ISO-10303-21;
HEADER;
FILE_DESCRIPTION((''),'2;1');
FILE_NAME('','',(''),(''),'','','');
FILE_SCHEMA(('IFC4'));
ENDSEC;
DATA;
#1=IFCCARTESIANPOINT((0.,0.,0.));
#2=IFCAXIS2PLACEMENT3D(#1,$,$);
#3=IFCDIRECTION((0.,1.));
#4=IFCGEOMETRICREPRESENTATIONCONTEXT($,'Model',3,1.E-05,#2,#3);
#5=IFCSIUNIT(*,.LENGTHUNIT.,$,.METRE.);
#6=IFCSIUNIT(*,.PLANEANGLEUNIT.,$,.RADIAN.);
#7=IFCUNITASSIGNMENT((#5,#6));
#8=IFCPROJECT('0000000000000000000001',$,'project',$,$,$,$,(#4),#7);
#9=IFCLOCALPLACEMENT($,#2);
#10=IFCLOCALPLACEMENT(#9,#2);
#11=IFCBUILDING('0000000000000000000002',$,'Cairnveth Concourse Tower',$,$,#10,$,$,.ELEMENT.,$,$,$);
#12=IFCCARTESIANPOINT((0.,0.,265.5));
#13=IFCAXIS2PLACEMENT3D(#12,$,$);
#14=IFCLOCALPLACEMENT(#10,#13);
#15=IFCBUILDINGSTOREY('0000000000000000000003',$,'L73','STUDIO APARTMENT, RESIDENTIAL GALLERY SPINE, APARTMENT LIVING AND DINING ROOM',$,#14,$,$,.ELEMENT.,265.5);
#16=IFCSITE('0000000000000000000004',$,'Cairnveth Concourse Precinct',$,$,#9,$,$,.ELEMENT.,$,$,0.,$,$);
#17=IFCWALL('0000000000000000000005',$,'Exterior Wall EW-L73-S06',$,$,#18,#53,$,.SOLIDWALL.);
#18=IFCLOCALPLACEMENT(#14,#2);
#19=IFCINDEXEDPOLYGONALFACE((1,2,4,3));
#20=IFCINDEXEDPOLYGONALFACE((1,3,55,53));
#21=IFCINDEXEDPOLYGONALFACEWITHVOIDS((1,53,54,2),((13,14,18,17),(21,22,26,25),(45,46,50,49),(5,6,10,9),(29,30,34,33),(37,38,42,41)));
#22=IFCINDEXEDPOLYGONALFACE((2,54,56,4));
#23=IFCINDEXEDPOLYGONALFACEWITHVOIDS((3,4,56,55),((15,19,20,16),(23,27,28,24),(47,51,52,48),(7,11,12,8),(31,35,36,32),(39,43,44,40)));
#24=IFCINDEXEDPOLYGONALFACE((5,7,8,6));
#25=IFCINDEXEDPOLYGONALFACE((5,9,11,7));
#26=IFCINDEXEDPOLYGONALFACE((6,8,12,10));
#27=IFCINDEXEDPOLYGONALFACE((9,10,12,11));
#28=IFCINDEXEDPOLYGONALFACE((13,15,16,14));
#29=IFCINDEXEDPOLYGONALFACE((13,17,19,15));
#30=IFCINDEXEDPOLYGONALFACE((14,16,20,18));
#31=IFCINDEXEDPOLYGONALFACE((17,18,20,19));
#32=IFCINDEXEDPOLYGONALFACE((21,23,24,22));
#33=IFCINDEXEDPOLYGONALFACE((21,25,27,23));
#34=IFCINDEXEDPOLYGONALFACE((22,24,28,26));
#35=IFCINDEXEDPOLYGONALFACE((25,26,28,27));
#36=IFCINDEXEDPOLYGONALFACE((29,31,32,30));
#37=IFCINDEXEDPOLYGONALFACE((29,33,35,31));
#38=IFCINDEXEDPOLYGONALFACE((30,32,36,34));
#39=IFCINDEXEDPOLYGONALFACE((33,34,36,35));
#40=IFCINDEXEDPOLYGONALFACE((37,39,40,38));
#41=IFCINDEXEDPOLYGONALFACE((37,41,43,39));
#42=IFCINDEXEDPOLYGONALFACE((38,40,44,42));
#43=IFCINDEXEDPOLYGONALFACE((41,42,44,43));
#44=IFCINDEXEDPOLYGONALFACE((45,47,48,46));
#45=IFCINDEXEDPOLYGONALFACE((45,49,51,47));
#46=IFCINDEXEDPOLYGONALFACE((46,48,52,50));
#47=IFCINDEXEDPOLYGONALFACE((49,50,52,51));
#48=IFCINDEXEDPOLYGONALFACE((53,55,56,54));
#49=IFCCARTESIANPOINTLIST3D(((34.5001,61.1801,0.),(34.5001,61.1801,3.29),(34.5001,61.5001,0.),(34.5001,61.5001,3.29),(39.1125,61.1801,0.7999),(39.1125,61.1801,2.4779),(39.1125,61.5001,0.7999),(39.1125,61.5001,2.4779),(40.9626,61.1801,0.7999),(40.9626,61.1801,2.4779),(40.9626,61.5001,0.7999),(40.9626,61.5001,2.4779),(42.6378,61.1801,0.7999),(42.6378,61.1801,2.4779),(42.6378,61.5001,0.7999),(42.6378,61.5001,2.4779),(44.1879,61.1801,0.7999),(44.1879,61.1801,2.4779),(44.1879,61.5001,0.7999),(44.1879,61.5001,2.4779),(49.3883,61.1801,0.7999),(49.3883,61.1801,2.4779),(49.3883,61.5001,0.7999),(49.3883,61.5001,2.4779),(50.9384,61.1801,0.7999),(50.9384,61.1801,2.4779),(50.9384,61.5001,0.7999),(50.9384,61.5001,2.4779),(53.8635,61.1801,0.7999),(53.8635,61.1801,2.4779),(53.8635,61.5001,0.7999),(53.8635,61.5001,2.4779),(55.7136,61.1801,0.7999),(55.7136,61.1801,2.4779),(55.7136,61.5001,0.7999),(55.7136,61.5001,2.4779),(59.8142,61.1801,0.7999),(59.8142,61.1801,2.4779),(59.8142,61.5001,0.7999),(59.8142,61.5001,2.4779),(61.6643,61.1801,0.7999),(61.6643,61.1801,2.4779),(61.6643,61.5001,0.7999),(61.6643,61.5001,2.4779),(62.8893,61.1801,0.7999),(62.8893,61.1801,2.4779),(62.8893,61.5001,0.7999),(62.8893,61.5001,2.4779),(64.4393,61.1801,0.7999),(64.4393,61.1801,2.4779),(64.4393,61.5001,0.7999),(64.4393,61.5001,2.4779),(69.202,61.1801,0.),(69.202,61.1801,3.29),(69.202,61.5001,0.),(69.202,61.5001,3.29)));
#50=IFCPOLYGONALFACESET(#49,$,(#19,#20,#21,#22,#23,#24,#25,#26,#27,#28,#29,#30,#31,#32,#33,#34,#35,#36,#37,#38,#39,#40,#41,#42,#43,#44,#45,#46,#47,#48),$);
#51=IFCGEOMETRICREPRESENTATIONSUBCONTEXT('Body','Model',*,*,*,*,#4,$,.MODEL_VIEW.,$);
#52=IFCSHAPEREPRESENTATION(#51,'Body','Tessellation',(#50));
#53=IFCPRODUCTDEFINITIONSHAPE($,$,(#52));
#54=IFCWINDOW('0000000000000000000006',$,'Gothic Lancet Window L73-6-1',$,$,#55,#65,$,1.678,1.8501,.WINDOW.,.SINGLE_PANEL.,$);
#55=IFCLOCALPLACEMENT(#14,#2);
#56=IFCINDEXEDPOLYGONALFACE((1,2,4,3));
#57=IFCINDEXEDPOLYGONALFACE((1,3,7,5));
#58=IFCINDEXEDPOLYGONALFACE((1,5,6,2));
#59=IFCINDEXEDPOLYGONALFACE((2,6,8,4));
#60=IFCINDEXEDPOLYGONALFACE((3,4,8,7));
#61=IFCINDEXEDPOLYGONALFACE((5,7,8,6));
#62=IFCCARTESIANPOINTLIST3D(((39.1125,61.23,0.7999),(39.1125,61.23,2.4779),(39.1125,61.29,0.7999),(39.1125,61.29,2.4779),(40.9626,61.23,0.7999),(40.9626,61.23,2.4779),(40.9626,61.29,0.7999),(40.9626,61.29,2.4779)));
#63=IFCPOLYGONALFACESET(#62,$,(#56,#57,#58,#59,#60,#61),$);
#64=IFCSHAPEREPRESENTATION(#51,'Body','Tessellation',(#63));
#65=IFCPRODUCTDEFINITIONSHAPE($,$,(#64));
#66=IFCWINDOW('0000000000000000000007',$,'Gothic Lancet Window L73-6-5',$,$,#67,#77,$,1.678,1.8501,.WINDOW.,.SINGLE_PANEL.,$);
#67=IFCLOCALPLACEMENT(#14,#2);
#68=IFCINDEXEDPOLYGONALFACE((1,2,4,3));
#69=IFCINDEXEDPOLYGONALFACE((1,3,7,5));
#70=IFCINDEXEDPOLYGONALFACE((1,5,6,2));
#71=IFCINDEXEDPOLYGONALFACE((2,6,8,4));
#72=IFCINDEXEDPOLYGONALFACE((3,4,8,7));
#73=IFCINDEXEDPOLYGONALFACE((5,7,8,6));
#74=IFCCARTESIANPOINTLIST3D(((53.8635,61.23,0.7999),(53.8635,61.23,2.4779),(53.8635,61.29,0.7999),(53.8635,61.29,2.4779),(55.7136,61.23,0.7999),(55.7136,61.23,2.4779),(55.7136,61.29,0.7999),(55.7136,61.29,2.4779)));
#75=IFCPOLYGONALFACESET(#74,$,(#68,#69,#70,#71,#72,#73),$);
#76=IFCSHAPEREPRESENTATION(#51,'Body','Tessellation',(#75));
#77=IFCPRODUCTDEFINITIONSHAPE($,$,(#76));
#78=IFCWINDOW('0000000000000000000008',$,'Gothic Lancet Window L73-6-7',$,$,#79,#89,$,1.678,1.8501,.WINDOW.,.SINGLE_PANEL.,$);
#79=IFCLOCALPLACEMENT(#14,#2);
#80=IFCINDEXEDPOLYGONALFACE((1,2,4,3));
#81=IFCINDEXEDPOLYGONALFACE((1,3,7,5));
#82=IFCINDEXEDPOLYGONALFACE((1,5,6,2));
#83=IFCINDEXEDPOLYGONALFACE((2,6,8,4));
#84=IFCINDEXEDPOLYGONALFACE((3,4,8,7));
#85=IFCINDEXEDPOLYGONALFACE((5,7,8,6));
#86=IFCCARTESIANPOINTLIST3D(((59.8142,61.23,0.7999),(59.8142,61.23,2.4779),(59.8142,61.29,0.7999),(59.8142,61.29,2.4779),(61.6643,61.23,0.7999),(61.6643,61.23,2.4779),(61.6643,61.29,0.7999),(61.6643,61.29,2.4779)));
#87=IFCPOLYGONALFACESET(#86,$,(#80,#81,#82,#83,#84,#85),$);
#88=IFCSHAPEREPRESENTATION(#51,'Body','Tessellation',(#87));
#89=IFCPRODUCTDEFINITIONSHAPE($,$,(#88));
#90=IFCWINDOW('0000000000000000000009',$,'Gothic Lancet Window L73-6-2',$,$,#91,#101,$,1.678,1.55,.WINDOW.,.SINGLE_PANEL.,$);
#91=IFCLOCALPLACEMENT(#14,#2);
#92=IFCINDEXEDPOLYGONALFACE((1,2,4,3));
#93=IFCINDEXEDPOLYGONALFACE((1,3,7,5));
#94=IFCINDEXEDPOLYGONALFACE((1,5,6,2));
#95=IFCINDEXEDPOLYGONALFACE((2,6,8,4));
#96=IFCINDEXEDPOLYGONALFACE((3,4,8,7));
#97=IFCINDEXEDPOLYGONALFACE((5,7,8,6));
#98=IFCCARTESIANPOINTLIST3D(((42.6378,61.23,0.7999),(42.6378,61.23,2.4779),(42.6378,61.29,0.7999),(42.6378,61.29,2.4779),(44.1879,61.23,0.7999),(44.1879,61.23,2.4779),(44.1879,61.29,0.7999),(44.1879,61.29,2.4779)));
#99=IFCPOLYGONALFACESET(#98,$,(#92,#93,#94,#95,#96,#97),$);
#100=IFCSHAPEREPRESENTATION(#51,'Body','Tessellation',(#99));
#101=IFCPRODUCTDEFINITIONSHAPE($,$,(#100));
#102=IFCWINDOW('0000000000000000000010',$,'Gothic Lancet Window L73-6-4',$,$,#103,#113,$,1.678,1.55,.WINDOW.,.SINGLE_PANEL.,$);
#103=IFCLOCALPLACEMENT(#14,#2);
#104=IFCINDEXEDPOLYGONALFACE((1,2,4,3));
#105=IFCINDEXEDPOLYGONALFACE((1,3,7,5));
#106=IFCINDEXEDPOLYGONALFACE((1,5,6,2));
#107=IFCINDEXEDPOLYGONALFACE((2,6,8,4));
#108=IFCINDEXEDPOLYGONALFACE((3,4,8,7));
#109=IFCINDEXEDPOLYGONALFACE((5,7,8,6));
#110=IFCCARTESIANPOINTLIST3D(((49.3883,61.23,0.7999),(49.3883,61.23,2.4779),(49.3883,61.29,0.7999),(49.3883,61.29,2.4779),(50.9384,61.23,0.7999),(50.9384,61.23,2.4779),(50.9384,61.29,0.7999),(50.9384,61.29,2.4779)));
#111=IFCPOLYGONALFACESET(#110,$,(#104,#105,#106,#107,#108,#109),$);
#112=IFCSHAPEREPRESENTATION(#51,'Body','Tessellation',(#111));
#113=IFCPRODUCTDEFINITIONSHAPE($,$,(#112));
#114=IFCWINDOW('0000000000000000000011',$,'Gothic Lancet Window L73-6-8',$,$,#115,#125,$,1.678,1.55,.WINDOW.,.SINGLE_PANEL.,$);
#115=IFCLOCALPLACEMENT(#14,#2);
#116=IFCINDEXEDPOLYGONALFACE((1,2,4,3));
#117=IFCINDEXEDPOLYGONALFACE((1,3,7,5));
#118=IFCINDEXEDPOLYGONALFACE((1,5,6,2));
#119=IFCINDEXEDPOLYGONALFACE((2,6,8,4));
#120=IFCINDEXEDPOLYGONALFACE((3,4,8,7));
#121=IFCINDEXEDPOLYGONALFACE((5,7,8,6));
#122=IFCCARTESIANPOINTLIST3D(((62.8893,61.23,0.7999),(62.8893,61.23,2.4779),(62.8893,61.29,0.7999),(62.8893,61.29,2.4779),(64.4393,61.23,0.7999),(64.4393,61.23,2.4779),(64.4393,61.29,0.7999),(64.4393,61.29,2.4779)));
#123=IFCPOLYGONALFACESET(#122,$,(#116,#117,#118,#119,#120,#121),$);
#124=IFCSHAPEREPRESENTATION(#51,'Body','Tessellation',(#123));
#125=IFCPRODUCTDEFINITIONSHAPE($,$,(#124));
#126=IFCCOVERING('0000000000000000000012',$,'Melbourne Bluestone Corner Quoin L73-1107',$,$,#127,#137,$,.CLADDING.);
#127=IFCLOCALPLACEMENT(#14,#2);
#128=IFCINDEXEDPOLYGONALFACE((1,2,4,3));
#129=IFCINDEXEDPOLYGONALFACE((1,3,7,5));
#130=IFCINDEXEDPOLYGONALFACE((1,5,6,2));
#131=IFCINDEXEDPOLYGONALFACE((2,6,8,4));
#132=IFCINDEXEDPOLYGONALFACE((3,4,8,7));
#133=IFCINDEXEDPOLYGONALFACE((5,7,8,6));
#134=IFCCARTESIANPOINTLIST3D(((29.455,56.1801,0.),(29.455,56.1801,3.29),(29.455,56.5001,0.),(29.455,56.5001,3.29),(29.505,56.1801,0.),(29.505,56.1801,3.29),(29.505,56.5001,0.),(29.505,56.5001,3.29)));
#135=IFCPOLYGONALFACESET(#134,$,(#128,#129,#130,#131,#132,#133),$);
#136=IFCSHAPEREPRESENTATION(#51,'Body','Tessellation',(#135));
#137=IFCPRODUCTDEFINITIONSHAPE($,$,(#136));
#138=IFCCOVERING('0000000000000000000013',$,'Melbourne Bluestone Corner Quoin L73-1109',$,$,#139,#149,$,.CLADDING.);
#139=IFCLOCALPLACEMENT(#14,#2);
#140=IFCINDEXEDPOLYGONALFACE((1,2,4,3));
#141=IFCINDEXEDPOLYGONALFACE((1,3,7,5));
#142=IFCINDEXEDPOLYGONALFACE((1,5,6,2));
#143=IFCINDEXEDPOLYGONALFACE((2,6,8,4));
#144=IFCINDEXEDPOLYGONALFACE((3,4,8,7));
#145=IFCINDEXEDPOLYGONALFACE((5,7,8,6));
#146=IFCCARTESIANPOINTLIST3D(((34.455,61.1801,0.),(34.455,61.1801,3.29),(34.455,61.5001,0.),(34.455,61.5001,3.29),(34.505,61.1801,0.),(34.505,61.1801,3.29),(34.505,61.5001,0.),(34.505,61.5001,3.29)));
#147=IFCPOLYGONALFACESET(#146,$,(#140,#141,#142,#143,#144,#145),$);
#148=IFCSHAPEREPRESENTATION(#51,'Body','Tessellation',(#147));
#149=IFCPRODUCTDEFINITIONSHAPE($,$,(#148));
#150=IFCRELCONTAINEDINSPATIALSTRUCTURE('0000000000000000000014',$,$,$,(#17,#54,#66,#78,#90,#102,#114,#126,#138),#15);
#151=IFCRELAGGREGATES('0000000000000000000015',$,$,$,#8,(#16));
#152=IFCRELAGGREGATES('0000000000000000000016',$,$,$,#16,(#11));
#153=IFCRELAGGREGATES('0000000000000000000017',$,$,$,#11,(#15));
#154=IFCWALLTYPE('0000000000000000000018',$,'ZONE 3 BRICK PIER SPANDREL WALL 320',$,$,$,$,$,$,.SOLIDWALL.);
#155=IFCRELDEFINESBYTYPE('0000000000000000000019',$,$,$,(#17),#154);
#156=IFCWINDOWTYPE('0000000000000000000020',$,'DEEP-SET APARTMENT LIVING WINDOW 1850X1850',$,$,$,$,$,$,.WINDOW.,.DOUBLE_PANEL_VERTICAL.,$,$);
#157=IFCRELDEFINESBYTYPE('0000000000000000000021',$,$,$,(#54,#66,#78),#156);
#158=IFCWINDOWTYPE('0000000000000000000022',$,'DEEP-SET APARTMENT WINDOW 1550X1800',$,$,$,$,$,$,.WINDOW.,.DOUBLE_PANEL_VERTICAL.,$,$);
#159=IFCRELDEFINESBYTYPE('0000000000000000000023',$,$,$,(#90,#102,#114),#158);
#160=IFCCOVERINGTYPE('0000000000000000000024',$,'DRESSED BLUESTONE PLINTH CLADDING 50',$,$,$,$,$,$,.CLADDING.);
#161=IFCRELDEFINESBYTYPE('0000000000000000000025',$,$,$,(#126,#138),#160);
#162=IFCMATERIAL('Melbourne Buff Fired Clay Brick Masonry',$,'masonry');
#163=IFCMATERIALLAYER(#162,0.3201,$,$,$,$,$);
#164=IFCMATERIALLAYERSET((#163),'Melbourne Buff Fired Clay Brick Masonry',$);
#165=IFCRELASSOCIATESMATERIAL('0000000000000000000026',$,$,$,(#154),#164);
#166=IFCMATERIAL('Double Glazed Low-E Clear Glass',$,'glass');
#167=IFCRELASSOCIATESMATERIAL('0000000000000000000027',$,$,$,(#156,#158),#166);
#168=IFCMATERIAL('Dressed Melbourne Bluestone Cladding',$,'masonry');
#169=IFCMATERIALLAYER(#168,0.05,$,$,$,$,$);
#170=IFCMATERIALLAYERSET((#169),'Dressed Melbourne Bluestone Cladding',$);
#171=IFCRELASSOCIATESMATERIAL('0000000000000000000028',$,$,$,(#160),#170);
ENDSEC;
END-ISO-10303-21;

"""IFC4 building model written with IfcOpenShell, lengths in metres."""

from ifc_helpers import new_model, si_unit, direction, frame, frame_2d, origin, place, context, subcontext, project, spatial, rectangle, extrude, material, layer, layer_set, type_object, element, fill, save


model = new_model("IFC4")

# Units and contexts
model_context = context("Model", 3, precision=1e-05, world=origin(), true_north=direction((0.0, 1.0)))
body_context = subcontext(model_context, "Body", "Model", "MODEL_VIEW")
ifc_project = project(units=[si_unit("LENGTHUNIT", "METRE"), si_unit("PLANEANGLEUNIT", "RADIAN")], contexts=[model_context])

# Site, building, storey
site_placement = place(None, origin())
site = spatial("IfcSite", under=ifc_project, at=site_placement, Name="Cairnveth Concourse Precinct", CompositionType="ELEMENT", RefElevation=0.0)
building_placement = place(site_placement, origin())
building = spatial("IfcBuilding", under=site, at=building_placement, Name="Cairnveth Concourse Tower", CompositionType="ELEMENT")
storey_placement = place(building_placement, frame((0.0, 0.0, 265.5)))
storey = spatial("IfcBuildingStorey", under=building, at=storey_placement, Name="L73", Description="STUDIO APARTMENT, RESIDENTIAL GALLERY SPINE, APARTMENT LIVING AND DINING ROOM", CompositionType="ELEMENT", Elevation=265.5)

# Shared definitions
ifc_material_1 = material(Name="Melbourne Buff Fired Clay Brick Masonry", Category="masonry")
ifc_layer_1 = layer(ifc_material_1, 0.3201)
ifc_layer_set_1 = layer_set([ifc_layer_1], Name="Melbourne Buff Fired Clay Brick Masonry")
wall_type_1 = type_object("IfcWallType", Name="ZONE 3 BRICK PIER SPANDREL WALL 320", PredefinedType="SOLIDWALL", material=ifc_layer_set_1)

# Wall, openings, windows
wall_1_placement = place(storey_placement, frame((34.5, 61.3401, 0.0), z_axis=(0.0, 0.0, 1.0), x_axis=(1.0, 0.0, 0.0)))
wall_1 = element("IfcWall", 1, at=wall_1_placement, inside=storey, type_object=wall_type_1, Name="Exterior Wall EW-L73-S06", PredefinedType="SOLIDWALL", context=body_context, shape_type="SweptSolid", body=[
    extrude(rectangle(XDim=34.7019, YDim=0.3201, at=frame_2d((17.3511, 0.0))), origin(), (0.0, 0.0, 1.0), 3.29),
])
opening_1_placement = place(wall_1_placement, frame((4.6125, 0.0, 0.8)))
opening_1 = element("IfcOpeningElement", 2, at=opening_1_placement, cuts=wall_1, PredefinedType="OPENING", context=body_context, shape_type="SweptSolid", body=[
    extrude(rectangle(XDim=1.8501, YDim=1.678, at=frame_2d((0.925, 0.8389))), frame((0.0, 0.1699, 0.0), z_axis=(0.0, -1.0, 0.0), x_axis=(1.0, 0.0, 0.0)), (0.0, 0.0, 1.0), 0.3401),
])
opening_2_placement = place(wall_1_placement, frame((8.1379, 0.0, 0.8)))
opening_2 = element("IfcOpeningElement", 3, at=opening_2_placement, cuts=wall_1, PredefinedType="OPENING", context=body_context, shape_type="SweptSolid", body=[
    extrude(rectangle(XDim=1.55, YDim=1.678, at=frame_2d((0.7749, 0.8389))), frame((0.0, 0.1699, 0.0), z_axis=(0.0, -1.0, 0.0), x_axis=(1.0, 0.0, 0.0)), (0.0, 0.0, 1.0), 0.3401),
])
opening_3_placement = place(wall_1_placement, frame((14.8884, 0.0, 0.8)))
opening_3 = element("IfcOpeningElement", 4, at=opening_3_placement, cuts=wall_1, PredefinedType="OPENING", context=body_context, shape_type="SweptSolid", body=[
    extrude(rectangle(XDim=1.55, YDim=1.678, at=frame_2d((0.7749, 0.8389))), frame((0.0, 0.1699, 0.0), z_axis=(0.0, -1.0, 0.0), x_axis=(1.0, 0.0, 0.0)), (0.0, 0.0, 1.0), 0.3401),
])
opening_4_placement = place(wall_1_placement, frame((19.3635, 0.0, 0.8)))
opening_4 = element("IfcOpeningElement", 5, at=opening_4_placement, cuts=wall_1, PredefinedType="OPENING", context=body_context, shape_type="SweptSolid", body=[
    extrude(rectangle(XDim=1.8501, YDim=1.678, at=frame_2d((0.925, 0.8389))), frame((0.0, 0.1699, 0.0), z_axis=(0.0, -1.0, 0.0), x_axis=(1.0, 0.0, 0.0)), (0.0, 0.0, 1.0), 0.3401),
])
opening_5_placement = place(wall_1_placement, frame((25.3142, 0.0, 0.8)))
opening_5 = element("IfcOpeningElement", 6, at=opening_5_placement, cuts=wall_1, PredefinedType="OPENING", context=body_context, shape_type="SweptSolid", body=[
    extrude(rectangle(XDim=1.8501, YDim=1.678, at=frame_2d((0.925, 0.8389))), frame((0.0, 0.1699, 0.0), z_axis=(0.0, -1.0, 0.0), x_axis=(1.0, 0.0, 0.0)), (0.0, 0.0, 1.0), 0.3401),
])
opening_6_placement = place(wall_1_placement, frame((28.3894, 0.0, 0.8)))
opening_6 = element("IfcOpeningElement", 7, at=opening_6_placement, cuts=wall_1, PredefinedType="OPENING", context=body_context, shape_type="SweptSolid", body=[
    extrude(rectangle(XDim=1.55, YDim=1.678, at=frame_2d((0.7749, 0.8389))), frame((0.0, 0.1699, 0.0), z_axis=(0.0, -1.0, 0.0), x_axis=(1.0, 0.0, 0.0)), (0.0, 0.0, 1.0), 0.3401),
])
ifc_material_2 = material(Name="Double Glazed Low-E Clear Glass", Category="glass")
window_type_1 = type_object("IfcWindowType", Name="DEEP-SET APARTMENT LIVING WINDOW 1850X1850", PartitioningType="DOUBLE_PANEL_VERTICAL", PredefinedType="WINDOW", material=ifc_material_2)
window_1_placement = place(opening_1_placement, origin())
window_1 = element("IfcWindow", 8, at=window_1_placement, inside=storey, type_object=window_type_1, Name="Gothic Lancet Window L73-6-1", OverallHeight=1.678, OverallWidth=1.8501, PartitioningType="SINGLE_PANEL", PredefinedType="WINDOW", context=body_context, shape_type="SweptSolid", body=[
    extrude(rectangle(XDim=1.8501, YDim=1.678, at=frame_2d((0.925, 0.8389))), frame((0.0, -0.05, 0.0), z_axis=(0.0, -1.0, 0.0), x_axis=(1.0, 0.0, 0.0)), (0.0, 0.0, 1.0), 0.0601),
])
fill(opening_1, window_1)
window_2_placement = place(opening_4_placement, origin())
window_2 = element("IfcWindow", 9, at=window_2_placement, inside=storey, type_object=window_type_1, Name="Gothic Lancet Window L73-6-5", OverallHeight=1.678, OverallWidth=1.8501, PartitioningType="SINGLE_PANEL", PredefinedType="WINDOW", context=body_context, shape_type="SweptSolid", body=[
    extrude(rectangle(XDim=1.8501, YDim=1.678, at=frame_2d((0.925, 0.8389))), frame((0.0, -0.05, 0.0), z_axis=(0.0, -1.0, 0.0), x_axis=(1.0, 0.0, 0.0)), (0.0, 0.0, 1.0), 0.0601),
])
fill(opening_4, window_2)
window_3_placement = place(opening_5_placement, origin())
window_3 = element("IfcWindow", 10, at=window_3_placement, inside=storey, type_object=window_type_1, Name="Gothic Lancet Window L73-6-7", OverallHeight=1.678, OverallWidth=1.8501, PartitioningType="SINGLE_PANEL", PredefinedType="WINDOW", context=body_context, shape_type="SweptSolid", body=[
    extrude(rectangle(XDim=1.8501, YDim=1.678, at=frame_2d((0.925, 0.8389))), frame((0.0, -0.05, 0.0), z_axis=(0.0, -1.0, 0.0), x_axis=(1.0, 0.0, 0.0)), (0.0, 0.0, 1.0), 0.0601),
])
fill(opening_5, window_3)
window_type_2 = type_object("IfcWindowType", Name="DEEP-SET APARTMENT WINDOW 1550X1800", PartitioningType="DOUBLE_PANEL_VERTICAL", PredefinedType="WINDOW", material=ifc_material_2)
window_4_placement = place(opening_2_placement, origin())
window_4 = element("IfcWindow", 11, at=window_4_placement, inside=storey, type_object=window_type_2, Name="Gothic Lancet Window L73-6-2", OverallHeight=1.678, OverallWidth=1.55, PartitioningType="SINGLE_PANEL", PredefinedType="WINDOW", context=body_context, shape_type="SweptSolid", body=[
    extrude(rectangle(XDim=1.55, YDim=1.678, at=frame_2d((0.7749, 0.8389))), frame((0.0, -0.05, 0.0), z_axis=(0.0, -1.0, 0.0), x_axis=(1.0, 0.0, 0.0)), (0.0, 0.0, 1.0), 0.0601),
])
fill(opening_2, window_4)
window_5_placement = place(opening_3_placement, origin())
window_5 = element("IfcWindow", 12, at=window_5_placement, inside=storey, type_object=window_type_2, Name="Gothic Lancet Window L73-6-4", OverallHeight=1.678, OverallWidth=1.55, PartitioningType="SINGLE_PANEL", PredefinedType="WINDOW", context=body_context, shape_type="SweptSolid", body=[
    extrude(rectangle(XDim=1.55, YDim=1.678, at=frame_2d((0.7749, 0.8389))), frame((0.0, -0.05, 0.0), z_axis=(0.0, -1.0, 0.0), x_axis=(1.0, 0.0, 0.0)), (0.0, 0.0, 1.0), 0.0601),
])
fill(opening_3, window_5)
window_6_placement = place(opening_6_placement, origin())
window_6 = element("IfcWindow", 13, at=window_6_placement, inside=storey, type_object=window_type_2, Name="Gothic Lancet Window L73-6-8", OverallHeight=1.678, OverallWidth=1.55, PartitioningType="SINGLE_PANEL", PredefinedType="WINDOW", context=body_context, shape_type="SweptSolid", body=[
    extrude(rectangle(XDim=1.55, YDim=1.678, at=frame_2d((0.7749, 0.8389))), frame((0.0, -0.05, 0.0), z_axis=(0.0, -1.0, 0.0), x_axis=(1.0, 0.0, 0.0)), (0.0, 0.0, 1.0), 0.0601),
])
fill(opening_6, window_6)

# Coverings
ifc_material_3 = material(Name="Dressed Melbourne Bluestone Cladding", Category="masonry")
ifc_layer_2 = layer(ifc_material_3, 0.05)
ifc_layer_set_2 = layer_set([ifc_layer_2], Name="Dressed Melbourne Bluestone Cladding")
covering_type = type_object("IfcCoveringType", Name="DRESSED BLUESTONE PLINTH CLADDING 50", PredefinedType="CLADDING", material=ifc_layer_set_2)
for number, where, z_axis, x_axis, name in (
    (14, (29.48, 56.1799, 0.0), (0.0, 0.0, 1.0), (0.0, 1.0, 0.0), "Melbourne Bluestone Corner Quoin L73-1107"),
    (15, (34.48, 61.1799, 0.0), (0.0, 0.0, 1.0), (0.0, 1.0, 0.0), "Melbourne Bluestone Corner Quoin L73-1109"),
):
    element("IfcCovering", number, at=place(storey_placement, frame(where, z_axis=z_axis, x_axis=x_axis)), inside=storey, type_object=covering_type, Name=name, PredefinedType="CLADDING", context=body_context, shape_type="SweptSolid", body=[
        extrude(rectangle(XDim=0.3201, YDim=0.05, at=frame_2d((0.1602, 0.0))), origin(), (0.0, 0.0, 1.0), 3.29),
    ])

save(model, "model.ifc")
